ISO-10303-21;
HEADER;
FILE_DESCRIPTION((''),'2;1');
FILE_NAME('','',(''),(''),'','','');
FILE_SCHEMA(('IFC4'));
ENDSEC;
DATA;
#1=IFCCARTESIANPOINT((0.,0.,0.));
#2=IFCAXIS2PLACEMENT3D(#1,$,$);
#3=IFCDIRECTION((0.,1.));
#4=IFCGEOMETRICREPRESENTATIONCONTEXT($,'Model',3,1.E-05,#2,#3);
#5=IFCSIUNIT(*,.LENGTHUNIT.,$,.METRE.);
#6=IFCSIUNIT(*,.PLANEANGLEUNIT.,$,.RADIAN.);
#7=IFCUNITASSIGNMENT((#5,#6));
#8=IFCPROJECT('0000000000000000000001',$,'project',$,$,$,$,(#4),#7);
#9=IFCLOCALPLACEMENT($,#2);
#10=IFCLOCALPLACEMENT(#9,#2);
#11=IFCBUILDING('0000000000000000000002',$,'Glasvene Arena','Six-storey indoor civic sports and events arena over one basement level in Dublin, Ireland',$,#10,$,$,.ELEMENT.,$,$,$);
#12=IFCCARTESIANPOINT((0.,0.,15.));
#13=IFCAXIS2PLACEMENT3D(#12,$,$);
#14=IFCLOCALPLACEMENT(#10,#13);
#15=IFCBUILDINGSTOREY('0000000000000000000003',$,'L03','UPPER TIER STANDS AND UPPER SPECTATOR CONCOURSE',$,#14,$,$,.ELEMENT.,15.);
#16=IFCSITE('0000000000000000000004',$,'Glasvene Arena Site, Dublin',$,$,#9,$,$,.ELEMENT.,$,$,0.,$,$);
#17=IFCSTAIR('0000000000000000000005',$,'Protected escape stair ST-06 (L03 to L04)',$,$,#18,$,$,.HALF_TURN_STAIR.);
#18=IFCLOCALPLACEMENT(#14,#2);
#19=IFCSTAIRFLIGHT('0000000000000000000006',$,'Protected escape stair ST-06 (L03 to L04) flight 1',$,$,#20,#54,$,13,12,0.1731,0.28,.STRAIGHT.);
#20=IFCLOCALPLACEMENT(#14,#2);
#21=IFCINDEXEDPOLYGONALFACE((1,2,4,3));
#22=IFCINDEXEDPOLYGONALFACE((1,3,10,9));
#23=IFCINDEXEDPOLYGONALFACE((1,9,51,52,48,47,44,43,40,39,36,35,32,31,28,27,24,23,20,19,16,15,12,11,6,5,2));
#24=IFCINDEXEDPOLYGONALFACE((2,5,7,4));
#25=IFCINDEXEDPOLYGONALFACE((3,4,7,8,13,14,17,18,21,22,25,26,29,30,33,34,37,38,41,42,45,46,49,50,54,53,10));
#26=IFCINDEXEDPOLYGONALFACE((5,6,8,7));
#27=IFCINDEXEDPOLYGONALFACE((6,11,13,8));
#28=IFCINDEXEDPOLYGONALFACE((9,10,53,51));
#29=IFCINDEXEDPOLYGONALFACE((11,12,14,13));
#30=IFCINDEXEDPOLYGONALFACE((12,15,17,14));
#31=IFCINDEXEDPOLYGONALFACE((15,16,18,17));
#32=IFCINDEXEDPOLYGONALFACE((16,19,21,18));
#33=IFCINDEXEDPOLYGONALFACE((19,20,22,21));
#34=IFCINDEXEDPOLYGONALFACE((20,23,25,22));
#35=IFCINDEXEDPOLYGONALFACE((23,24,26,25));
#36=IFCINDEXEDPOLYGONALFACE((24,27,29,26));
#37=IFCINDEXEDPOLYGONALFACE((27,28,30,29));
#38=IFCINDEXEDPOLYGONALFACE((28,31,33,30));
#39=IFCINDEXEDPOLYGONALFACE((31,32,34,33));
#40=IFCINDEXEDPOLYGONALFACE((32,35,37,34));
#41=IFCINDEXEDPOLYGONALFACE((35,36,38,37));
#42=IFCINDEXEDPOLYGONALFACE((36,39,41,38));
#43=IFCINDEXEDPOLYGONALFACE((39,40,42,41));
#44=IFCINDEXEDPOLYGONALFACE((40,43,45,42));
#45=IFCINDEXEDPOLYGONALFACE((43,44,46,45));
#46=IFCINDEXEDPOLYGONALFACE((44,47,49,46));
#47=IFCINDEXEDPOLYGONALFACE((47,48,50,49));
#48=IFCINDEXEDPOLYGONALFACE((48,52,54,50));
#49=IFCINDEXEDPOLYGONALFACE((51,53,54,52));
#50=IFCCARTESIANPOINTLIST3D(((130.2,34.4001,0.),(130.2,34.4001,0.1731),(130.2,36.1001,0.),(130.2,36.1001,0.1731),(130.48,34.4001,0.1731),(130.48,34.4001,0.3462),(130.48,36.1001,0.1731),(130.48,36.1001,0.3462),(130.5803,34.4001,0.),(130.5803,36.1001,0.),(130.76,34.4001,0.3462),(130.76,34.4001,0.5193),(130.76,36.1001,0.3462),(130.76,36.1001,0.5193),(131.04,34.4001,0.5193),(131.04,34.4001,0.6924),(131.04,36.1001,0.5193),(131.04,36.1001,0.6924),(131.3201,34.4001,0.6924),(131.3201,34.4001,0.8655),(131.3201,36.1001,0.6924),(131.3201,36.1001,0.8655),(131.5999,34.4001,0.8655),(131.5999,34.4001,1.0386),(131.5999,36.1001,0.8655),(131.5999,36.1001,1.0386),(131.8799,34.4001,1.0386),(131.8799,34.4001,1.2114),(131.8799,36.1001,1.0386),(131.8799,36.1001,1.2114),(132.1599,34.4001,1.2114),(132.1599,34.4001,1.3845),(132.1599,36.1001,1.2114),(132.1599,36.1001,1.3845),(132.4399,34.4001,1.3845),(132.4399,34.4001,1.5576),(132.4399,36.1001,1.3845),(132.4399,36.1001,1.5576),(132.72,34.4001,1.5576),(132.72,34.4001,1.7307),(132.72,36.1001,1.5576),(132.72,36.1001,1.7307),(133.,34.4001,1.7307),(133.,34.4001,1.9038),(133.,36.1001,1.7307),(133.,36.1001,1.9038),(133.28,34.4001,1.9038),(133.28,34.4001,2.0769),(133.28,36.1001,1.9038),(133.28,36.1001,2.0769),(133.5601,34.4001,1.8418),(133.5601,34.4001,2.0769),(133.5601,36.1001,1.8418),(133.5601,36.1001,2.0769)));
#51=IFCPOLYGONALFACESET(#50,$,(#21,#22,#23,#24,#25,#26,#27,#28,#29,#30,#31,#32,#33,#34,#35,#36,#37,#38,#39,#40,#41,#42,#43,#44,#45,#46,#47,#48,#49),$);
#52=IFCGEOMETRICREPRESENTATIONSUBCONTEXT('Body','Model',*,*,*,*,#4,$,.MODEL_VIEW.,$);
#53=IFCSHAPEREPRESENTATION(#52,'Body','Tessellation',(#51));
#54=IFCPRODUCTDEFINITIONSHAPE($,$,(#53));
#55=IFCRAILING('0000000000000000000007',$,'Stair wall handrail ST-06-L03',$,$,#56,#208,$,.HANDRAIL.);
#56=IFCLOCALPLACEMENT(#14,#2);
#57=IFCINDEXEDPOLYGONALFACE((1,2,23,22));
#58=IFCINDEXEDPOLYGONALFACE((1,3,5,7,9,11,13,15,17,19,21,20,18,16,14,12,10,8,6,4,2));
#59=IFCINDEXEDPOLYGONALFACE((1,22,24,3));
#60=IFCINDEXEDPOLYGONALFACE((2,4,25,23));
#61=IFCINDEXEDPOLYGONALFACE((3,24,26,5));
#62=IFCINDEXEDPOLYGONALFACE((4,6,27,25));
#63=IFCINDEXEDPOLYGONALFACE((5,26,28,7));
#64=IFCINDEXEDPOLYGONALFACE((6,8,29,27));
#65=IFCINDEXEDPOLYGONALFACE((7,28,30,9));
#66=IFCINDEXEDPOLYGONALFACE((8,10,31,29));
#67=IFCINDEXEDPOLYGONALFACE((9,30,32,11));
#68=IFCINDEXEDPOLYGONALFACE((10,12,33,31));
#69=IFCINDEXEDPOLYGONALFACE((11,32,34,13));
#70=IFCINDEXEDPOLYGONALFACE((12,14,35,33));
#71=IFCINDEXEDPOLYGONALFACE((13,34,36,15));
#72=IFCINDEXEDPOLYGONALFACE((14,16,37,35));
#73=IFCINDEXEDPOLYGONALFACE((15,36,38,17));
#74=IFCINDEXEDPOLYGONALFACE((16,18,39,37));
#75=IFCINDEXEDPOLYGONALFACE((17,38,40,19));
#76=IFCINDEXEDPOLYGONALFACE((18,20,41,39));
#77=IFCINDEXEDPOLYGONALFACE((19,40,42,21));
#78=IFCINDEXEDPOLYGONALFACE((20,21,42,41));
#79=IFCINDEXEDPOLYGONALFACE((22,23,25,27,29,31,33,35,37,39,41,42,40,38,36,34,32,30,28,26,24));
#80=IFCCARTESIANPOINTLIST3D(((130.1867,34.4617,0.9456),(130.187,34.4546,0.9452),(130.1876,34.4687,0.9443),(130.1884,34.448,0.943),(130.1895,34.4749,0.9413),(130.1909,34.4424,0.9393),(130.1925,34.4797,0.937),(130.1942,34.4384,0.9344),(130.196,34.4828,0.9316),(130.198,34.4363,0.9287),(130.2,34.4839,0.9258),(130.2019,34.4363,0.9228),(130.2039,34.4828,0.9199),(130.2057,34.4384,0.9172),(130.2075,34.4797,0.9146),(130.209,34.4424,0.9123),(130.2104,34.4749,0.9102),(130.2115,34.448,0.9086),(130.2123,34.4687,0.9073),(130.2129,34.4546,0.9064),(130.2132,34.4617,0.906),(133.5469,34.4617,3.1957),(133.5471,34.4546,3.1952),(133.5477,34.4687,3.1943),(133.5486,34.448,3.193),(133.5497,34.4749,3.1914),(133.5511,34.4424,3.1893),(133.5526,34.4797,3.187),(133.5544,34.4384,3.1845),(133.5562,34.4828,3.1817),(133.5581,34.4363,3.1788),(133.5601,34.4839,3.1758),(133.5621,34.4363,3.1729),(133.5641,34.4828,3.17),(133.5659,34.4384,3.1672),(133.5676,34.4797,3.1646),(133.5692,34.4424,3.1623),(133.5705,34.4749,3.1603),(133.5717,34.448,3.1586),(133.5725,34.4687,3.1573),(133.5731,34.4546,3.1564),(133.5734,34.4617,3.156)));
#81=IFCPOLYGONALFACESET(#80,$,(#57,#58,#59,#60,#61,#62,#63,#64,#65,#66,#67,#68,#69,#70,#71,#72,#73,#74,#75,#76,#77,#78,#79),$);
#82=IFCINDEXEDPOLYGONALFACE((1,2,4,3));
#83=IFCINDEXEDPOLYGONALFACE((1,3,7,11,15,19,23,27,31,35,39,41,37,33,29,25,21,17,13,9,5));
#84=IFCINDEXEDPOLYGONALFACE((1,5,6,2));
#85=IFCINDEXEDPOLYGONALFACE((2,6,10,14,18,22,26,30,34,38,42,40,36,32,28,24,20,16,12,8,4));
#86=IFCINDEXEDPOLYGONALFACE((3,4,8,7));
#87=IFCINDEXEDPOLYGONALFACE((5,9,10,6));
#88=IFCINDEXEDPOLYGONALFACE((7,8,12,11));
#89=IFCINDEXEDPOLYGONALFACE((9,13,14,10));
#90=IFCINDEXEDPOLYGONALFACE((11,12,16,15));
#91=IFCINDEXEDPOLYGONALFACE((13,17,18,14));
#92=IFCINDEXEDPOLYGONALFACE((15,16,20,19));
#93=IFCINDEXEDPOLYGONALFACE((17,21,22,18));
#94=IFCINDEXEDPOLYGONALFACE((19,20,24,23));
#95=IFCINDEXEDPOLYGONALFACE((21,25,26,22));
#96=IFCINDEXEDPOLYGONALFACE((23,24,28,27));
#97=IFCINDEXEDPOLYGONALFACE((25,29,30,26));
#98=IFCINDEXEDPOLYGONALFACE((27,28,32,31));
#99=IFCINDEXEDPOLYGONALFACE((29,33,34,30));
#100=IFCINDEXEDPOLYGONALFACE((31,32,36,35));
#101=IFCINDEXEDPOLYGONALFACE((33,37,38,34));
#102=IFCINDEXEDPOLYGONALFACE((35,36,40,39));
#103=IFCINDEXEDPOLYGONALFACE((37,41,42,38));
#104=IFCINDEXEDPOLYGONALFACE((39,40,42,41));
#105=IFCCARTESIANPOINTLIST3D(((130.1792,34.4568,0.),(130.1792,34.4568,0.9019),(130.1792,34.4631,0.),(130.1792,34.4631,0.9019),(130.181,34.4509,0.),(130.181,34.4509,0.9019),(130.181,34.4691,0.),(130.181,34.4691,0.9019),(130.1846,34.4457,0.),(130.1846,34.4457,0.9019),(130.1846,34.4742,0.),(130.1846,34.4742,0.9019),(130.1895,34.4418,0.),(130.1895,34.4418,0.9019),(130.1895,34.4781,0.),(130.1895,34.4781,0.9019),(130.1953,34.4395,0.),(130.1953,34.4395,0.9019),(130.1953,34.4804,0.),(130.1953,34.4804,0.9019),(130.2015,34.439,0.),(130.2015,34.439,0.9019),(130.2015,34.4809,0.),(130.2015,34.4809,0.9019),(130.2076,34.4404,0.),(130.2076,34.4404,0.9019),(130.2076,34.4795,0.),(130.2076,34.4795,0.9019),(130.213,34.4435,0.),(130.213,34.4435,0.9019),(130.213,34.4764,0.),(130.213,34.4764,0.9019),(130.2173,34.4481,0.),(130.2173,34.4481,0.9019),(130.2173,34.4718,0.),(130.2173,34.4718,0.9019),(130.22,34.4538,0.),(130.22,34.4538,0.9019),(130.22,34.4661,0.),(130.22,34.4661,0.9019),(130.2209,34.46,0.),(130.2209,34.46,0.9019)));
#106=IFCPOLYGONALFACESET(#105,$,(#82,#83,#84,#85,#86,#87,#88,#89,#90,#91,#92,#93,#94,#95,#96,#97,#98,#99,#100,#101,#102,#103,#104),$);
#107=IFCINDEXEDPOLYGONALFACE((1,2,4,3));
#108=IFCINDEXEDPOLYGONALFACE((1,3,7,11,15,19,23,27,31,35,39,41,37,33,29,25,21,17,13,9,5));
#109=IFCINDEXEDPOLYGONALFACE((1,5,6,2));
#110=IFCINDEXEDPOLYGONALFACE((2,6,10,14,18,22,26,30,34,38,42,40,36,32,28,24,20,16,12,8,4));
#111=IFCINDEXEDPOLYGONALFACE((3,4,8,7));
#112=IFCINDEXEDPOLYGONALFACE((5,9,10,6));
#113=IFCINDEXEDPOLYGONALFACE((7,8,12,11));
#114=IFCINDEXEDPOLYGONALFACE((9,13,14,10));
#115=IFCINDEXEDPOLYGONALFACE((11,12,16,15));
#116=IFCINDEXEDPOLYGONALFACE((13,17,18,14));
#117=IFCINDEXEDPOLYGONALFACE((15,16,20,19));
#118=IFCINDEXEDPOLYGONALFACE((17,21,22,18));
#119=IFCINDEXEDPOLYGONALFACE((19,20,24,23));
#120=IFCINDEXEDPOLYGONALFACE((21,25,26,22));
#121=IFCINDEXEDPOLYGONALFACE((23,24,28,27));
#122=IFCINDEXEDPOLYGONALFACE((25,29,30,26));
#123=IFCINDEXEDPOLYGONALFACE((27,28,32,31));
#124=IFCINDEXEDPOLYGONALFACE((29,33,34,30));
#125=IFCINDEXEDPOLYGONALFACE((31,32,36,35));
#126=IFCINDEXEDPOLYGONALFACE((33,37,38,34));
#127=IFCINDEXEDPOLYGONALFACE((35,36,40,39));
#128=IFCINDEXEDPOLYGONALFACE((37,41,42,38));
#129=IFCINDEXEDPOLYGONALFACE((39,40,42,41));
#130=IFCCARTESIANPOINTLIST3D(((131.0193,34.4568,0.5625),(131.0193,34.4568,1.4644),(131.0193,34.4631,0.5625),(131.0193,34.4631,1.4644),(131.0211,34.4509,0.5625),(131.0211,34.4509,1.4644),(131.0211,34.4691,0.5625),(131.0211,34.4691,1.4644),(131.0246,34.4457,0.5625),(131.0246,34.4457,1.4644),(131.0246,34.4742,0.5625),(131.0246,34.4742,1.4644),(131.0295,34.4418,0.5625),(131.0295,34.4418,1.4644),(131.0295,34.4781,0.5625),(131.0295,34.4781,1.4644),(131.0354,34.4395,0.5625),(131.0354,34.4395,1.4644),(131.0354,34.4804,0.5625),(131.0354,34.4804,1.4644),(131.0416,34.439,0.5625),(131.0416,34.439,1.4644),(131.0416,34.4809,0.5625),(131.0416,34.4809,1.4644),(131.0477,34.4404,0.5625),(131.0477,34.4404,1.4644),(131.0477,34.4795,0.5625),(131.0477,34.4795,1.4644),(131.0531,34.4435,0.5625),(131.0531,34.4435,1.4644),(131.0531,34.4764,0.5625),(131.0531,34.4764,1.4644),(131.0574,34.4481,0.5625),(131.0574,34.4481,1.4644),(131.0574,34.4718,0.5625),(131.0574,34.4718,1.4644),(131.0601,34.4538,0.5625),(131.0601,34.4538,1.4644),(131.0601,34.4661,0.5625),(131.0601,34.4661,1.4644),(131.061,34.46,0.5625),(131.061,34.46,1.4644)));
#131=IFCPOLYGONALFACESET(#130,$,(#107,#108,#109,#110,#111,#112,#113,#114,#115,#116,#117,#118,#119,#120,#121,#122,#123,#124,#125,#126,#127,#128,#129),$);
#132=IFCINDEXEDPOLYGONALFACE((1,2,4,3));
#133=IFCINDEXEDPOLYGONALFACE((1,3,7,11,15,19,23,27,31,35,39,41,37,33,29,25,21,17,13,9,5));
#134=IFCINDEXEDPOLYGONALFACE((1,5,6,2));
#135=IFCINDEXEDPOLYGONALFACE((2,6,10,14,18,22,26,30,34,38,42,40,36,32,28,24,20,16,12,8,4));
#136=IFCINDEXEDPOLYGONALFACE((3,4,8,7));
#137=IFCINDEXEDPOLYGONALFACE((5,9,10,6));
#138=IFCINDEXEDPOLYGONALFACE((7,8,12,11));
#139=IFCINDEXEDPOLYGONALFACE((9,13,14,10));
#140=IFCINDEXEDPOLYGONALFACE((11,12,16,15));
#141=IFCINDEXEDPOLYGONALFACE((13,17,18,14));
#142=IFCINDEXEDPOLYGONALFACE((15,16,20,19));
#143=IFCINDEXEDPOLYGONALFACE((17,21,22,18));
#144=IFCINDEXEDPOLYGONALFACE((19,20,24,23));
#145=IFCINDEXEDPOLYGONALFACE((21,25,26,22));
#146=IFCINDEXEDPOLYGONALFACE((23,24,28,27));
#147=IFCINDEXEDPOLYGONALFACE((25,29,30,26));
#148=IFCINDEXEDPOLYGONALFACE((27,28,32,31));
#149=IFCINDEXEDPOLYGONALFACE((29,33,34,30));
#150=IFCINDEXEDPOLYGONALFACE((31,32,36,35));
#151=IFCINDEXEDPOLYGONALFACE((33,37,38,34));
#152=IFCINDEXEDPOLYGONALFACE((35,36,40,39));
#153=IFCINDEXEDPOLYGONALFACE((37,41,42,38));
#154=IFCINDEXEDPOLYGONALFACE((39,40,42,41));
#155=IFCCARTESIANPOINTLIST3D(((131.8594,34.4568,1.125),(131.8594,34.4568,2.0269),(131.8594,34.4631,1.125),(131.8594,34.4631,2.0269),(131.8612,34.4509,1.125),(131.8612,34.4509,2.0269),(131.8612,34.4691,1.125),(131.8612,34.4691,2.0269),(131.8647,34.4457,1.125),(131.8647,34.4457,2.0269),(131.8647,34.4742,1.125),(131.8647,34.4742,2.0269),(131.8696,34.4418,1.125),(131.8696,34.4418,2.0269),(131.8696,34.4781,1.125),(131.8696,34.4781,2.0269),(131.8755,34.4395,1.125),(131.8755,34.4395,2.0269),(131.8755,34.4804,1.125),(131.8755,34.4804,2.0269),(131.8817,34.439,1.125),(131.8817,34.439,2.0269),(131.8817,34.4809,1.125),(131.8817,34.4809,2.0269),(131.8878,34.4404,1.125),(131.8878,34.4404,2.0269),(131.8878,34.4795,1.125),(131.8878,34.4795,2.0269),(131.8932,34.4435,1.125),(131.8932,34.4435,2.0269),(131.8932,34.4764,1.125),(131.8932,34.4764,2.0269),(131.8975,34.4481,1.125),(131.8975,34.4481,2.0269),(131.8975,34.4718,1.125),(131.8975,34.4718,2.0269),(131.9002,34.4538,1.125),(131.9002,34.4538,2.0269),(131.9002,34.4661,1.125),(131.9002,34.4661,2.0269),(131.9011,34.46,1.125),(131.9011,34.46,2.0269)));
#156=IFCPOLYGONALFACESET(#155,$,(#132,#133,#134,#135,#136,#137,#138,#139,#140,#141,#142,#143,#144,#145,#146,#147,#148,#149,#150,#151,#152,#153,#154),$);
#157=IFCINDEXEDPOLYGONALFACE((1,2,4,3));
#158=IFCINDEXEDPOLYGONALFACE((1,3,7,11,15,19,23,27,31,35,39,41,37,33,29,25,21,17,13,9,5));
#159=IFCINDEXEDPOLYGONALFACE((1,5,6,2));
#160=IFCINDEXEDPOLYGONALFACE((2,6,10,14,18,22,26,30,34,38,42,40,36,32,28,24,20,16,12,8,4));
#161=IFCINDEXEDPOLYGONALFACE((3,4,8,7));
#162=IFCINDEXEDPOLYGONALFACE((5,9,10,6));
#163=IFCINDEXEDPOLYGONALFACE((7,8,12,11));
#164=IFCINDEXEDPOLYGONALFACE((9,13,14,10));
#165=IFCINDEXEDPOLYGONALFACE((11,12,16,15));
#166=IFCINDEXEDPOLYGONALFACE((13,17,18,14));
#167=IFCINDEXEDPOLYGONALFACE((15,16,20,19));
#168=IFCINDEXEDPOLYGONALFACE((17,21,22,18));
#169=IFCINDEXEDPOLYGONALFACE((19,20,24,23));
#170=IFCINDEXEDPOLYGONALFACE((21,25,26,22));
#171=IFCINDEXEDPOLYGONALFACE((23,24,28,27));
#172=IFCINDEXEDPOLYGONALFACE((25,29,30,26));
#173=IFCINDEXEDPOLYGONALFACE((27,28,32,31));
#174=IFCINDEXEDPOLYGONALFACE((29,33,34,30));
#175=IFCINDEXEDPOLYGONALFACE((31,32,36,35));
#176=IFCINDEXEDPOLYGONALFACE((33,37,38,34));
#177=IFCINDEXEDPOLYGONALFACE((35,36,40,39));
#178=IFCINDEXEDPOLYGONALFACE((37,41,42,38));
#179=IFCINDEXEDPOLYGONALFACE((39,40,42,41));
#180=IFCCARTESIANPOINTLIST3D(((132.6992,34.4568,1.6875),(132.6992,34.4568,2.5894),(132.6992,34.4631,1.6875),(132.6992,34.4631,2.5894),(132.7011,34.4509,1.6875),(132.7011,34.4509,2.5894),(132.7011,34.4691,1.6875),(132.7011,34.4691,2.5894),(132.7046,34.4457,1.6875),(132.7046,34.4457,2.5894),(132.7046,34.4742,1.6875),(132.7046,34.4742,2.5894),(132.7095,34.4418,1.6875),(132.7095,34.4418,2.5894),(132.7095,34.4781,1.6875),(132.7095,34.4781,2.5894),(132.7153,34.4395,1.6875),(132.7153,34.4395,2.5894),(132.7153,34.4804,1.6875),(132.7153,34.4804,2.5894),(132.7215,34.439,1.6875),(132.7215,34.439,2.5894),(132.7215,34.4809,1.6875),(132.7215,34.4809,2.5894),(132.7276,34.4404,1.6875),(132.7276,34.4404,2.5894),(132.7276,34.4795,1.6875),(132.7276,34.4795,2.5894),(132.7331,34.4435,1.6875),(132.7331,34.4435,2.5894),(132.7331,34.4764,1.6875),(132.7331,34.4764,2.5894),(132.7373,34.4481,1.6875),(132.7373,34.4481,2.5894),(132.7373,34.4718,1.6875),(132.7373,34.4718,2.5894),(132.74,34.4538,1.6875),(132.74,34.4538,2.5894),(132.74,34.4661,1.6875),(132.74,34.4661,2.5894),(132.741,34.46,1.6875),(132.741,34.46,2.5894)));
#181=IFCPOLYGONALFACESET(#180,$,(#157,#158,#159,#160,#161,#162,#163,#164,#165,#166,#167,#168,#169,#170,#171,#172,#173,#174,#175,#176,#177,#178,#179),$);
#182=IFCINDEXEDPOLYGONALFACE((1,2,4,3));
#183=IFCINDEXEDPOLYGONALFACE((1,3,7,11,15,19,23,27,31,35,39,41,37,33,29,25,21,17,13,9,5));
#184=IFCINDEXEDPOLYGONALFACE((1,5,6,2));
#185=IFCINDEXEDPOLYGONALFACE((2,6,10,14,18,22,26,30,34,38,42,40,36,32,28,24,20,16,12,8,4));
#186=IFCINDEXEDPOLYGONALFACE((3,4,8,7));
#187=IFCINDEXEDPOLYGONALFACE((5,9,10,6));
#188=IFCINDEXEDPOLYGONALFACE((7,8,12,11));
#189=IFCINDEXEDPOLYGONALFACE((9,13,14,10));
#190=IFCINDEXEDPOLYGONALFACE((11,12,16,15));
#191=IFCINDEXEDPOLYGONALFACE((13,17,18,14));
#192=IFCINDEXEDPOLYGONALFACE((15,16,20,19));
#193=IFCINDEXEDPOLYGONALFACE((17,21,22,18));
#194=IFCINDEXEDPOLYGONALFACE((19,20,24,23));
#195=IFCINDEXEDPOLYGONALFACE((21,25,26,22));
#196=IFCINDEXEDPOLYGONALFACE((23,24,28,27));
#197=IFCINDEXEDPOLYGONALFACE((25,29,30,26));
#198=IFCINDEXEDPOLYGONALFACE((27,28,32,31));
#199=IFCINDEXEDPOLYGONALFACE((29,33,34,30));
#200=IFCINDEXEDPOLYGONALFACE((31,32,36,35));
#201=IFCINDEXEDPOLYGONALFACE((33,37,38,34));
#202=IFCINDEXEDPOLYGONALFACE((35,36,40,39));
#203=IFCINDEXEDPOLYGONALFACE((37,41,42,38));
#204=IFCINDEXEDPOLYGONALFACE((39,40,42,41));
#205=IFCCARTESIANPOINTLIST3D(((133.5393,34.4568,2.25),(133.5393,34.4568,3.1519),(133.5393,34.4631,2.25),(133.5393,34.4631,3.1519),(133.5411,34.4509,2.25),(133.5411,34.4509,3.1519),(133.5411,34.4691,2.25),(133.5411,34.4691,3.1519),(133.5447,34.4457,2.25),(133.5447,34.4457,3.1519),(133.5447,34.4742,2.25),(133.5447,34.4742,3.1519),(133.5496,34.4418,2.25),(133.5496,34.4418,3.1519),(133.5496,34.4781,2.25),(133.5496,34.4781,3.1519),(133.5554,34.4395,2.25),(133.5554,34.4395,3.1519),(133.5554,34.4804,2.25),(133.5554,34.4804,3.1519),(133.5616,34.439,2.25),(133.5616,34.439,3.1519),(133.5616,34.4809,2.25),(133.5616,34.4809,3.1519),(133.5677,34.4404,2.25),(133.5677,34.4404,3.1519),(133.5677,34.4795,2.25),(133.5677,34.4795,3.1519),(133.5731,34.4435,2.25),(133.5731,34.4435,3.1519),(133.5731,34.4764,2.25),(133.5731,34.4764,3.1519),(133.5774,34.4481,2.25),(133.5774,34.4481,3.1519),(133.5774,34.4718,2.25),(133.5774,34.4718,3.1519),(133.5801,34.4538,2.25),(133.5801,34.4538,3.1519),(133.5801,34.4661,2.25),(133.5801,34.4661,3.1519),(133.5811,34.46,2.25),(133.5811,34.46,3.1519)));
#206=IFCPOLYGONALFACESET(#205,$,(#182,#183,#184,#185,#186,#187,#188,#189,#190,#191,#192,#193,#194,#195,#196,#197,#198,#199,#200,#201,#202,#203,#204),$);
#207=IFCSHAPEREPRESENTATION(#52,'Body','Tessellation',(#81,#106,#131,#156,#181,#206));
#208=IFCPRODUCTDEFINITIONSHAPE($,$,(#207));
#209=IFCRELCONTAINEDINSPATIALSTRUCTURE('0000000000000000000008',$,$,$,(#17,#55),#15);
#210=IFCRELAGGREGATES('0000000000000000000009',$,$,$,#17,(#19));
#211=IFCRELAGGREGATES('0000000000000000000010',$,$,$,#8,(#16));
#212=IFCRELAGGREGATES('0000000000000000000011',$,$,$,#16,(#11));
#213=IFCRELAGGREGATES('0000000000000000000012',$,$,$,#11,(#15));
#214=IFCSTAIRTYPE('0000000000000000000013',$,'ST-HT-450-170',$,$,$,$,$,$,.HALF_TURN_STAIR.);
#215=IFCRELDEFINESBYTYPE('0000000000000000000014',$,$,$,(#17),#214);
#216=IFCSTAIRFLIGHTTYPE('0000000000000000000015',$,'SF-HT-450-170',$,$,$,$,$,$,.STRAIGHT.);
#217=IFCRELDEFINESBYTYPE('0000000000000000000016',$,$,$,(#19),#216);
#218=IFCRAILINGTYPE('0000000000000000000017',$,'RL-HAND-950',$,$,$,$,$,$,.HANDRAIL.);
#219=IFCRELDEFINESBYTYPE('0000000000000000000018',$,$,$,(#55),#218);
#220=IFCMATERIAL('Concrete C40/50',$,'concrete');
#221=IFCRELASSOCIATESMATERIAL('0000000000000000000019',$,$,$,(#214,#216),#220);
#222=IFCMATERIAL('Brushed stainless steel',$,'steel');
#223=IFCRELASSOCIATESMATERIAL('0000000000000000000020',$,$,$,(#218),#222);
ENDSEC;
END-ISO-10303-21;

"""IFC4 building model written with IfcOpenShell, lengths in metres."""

from ifc_helpers import new_model, si_unit, direction, frame, origin, origin_2d, place, context, subcontext, project, spatial, polyline, circle, outline, extrude, material, type_object, element, aggregate, save


model = new_model("IFC4")

# Units and contexts
model_context = context("Model", 3, precision=1e-05, world=origin(), true_north=direction((0.0, 1.0)))
body_context = subcontext(model_context, "Body", "Model", "MODEL_VIEW")
ifc_project = project(units=[si_unit("LENGTHUNIT", "METRE"), si_unit("PLANEANGLEUNIT", "RADIAN")], contexts=[model_context])

# Site, building, storey
site_placement = place(None, origin())
site = spatial("IfcSite", under=ifc_project, at=site_placement, Name="Glasvene Arena Site, Dublin", CompositionType="ELEMENT", RefElevation=0.0)
building_placement = place(site_placement, origin())
building = spatial("IfcBuilding", under=site, at=building_placement, Name="Glasvene Arena", Description="Six-storey indoor civic sports and events arena over one basement level in Dublin, Ireland", CompositionType="ELEMENT")
storey_placement = place(building_placement, frame((0.0, 0.0, 15.0)))
storey = spatial("IfcBuildingStorey", under=building, at=storey_placement, Name="L03", Description="UPPER TIER STANDS AND UPPER SPECTATOR CONCOURSE", CompositionType="ELEMENT", Elevation=15.0)

# Shared definitions
ifc_material_1 = material(Name="Concrete C40/50", Category="concrete")

# Stair, stair flight
stair_type = type_object("IfcStairType", Name="ST-HT-450-170", PredefinedType="HALF_TURN_STAIR", material=ifc_material_1)
stair_placement = place(storey_placement, origin())
stair = element("IfcStair", 1, at=stair_placement, inside=storey, type_object=stair_type, Name="Protected escape stair ST-06 (L03 to L04)", PredefinedType="HALF_TURN_STAIR")
stair_flight_type = type_object("IfcStairFlightType", Name="SF-HT-450-170", PredefinedType="STRAIGHT", material=ifc_material_1)
stair_flight_placement = place(storey_placement, frame((130.2, 35.25, 0.0), z_axis=(0.0, 0.0, 1.0), x_axis=(1.0, 0.0, 0.0)))
stair_flight = element("IfcStairFlight", 2, at=stair_flight_placement, type_object=stair_flight_type, Name="Protected escape stair ST-06 (L03 to L04) flight 1", NumberOfRisers=13, NumberOfTreads=12, PredefinedType="STRAIGHT", RiserHeight=0.1731, TreadLength=0.28, context=body_context, shape_type="SweptSolid", body=[
    extrude(outline(polyline([(0.0, 0.0), (0.0, 0.1731), (0.28, 0.1731), (0.28, 0.3462), (0.5601, 0.3462), (0.5601, 0.5193), (0.8401, 0.5193), (0.8401, 0.6924), (1.1201, 0.6924), (1.1201, 0.8655), (1.3999, 0.8655), (1.3999, 1.0386), (1.6799, 1.0386), (1.6799, 1.2114), (1.96, 1.2114), (1.96, 1.3845), (2.24, 1.3845), (2.24, 1.5576), (2.52, 1.5576), (2.52, 1.7307), (2.8, 1.7307), (2.8, 1.9038), (3.0801, 1.9038), (3.0801, 2.0769), (3.3601, 2.0769), (3.3601, 2.25), (3.3601, 1.8418), (0.3804, 0.0), (0.0, 0.0)])), frame((0.0, 0.8501, 0.0), z_axis=(0.0, -1.0, 0.0), x_axis=(1.0, 0.0, 0.0)), (0.0, 0.0, 1.0), 1.7),
])
aggregate(stair, [stair_flight])

# Railing
ifc_material_2 = material(Name="Brushed stainless steel", Category="steel")
railing_type_1 = type_object("IfcRailingType", Name="RL-HAND-950", PredefinedType="HANDRAIL", material=ifc_material_2)
railing_1_placement = place(storey_placement, frame((130.2, 34.46, 0.0)))
element("IfcRailing", 3, at=railing_1_placement, inside=storey, type_object=railing_type_1, Name="Stair wall handrail ST-06-L03", PredefinedType="HANDRAIL", context=body_context, shape_type="SweptSolid", body=[
    extrude(circle(Radius=0.0239, at=origin_2d()), frame((0.0, 0.0, 0.9258), z_axis=(0.830915, 0.0, 0.556399), x_axis=(0.0, 1.0, 0.0)), (0.0, 0.0, 1.0), 4.0439),
    extrude(circle(Radius=0.021, at=origin_2d()), origin(), (0.0, 0.0, 1.0), 0.9019),
    extrude(circle(Radius=0.021, at=origin_2d()), frame((0.8401, 0.0, 0.5625)), (0.0, 0.0, 1.0), 0.9019),
    extrude(circle(Radius=0.021, at=origin_2d()), frame((1.6802, 0.0, 1.125)), (0.0, 0.0, 1.0), 0.9019),
    extrude(circle(Radius=0.021, at=origin_2d()), frame((2.52, 0.0, 1.6875)), (0.0, 0.0, 1.0), 0.9019),
    extrude(circle(Radius=0.021, at=origin_2d()), frame((3.3601, 0.0, 2.25)), (0.0, 0.0, 1.0), 0.9019),
])

save(model, "model.ifc")
